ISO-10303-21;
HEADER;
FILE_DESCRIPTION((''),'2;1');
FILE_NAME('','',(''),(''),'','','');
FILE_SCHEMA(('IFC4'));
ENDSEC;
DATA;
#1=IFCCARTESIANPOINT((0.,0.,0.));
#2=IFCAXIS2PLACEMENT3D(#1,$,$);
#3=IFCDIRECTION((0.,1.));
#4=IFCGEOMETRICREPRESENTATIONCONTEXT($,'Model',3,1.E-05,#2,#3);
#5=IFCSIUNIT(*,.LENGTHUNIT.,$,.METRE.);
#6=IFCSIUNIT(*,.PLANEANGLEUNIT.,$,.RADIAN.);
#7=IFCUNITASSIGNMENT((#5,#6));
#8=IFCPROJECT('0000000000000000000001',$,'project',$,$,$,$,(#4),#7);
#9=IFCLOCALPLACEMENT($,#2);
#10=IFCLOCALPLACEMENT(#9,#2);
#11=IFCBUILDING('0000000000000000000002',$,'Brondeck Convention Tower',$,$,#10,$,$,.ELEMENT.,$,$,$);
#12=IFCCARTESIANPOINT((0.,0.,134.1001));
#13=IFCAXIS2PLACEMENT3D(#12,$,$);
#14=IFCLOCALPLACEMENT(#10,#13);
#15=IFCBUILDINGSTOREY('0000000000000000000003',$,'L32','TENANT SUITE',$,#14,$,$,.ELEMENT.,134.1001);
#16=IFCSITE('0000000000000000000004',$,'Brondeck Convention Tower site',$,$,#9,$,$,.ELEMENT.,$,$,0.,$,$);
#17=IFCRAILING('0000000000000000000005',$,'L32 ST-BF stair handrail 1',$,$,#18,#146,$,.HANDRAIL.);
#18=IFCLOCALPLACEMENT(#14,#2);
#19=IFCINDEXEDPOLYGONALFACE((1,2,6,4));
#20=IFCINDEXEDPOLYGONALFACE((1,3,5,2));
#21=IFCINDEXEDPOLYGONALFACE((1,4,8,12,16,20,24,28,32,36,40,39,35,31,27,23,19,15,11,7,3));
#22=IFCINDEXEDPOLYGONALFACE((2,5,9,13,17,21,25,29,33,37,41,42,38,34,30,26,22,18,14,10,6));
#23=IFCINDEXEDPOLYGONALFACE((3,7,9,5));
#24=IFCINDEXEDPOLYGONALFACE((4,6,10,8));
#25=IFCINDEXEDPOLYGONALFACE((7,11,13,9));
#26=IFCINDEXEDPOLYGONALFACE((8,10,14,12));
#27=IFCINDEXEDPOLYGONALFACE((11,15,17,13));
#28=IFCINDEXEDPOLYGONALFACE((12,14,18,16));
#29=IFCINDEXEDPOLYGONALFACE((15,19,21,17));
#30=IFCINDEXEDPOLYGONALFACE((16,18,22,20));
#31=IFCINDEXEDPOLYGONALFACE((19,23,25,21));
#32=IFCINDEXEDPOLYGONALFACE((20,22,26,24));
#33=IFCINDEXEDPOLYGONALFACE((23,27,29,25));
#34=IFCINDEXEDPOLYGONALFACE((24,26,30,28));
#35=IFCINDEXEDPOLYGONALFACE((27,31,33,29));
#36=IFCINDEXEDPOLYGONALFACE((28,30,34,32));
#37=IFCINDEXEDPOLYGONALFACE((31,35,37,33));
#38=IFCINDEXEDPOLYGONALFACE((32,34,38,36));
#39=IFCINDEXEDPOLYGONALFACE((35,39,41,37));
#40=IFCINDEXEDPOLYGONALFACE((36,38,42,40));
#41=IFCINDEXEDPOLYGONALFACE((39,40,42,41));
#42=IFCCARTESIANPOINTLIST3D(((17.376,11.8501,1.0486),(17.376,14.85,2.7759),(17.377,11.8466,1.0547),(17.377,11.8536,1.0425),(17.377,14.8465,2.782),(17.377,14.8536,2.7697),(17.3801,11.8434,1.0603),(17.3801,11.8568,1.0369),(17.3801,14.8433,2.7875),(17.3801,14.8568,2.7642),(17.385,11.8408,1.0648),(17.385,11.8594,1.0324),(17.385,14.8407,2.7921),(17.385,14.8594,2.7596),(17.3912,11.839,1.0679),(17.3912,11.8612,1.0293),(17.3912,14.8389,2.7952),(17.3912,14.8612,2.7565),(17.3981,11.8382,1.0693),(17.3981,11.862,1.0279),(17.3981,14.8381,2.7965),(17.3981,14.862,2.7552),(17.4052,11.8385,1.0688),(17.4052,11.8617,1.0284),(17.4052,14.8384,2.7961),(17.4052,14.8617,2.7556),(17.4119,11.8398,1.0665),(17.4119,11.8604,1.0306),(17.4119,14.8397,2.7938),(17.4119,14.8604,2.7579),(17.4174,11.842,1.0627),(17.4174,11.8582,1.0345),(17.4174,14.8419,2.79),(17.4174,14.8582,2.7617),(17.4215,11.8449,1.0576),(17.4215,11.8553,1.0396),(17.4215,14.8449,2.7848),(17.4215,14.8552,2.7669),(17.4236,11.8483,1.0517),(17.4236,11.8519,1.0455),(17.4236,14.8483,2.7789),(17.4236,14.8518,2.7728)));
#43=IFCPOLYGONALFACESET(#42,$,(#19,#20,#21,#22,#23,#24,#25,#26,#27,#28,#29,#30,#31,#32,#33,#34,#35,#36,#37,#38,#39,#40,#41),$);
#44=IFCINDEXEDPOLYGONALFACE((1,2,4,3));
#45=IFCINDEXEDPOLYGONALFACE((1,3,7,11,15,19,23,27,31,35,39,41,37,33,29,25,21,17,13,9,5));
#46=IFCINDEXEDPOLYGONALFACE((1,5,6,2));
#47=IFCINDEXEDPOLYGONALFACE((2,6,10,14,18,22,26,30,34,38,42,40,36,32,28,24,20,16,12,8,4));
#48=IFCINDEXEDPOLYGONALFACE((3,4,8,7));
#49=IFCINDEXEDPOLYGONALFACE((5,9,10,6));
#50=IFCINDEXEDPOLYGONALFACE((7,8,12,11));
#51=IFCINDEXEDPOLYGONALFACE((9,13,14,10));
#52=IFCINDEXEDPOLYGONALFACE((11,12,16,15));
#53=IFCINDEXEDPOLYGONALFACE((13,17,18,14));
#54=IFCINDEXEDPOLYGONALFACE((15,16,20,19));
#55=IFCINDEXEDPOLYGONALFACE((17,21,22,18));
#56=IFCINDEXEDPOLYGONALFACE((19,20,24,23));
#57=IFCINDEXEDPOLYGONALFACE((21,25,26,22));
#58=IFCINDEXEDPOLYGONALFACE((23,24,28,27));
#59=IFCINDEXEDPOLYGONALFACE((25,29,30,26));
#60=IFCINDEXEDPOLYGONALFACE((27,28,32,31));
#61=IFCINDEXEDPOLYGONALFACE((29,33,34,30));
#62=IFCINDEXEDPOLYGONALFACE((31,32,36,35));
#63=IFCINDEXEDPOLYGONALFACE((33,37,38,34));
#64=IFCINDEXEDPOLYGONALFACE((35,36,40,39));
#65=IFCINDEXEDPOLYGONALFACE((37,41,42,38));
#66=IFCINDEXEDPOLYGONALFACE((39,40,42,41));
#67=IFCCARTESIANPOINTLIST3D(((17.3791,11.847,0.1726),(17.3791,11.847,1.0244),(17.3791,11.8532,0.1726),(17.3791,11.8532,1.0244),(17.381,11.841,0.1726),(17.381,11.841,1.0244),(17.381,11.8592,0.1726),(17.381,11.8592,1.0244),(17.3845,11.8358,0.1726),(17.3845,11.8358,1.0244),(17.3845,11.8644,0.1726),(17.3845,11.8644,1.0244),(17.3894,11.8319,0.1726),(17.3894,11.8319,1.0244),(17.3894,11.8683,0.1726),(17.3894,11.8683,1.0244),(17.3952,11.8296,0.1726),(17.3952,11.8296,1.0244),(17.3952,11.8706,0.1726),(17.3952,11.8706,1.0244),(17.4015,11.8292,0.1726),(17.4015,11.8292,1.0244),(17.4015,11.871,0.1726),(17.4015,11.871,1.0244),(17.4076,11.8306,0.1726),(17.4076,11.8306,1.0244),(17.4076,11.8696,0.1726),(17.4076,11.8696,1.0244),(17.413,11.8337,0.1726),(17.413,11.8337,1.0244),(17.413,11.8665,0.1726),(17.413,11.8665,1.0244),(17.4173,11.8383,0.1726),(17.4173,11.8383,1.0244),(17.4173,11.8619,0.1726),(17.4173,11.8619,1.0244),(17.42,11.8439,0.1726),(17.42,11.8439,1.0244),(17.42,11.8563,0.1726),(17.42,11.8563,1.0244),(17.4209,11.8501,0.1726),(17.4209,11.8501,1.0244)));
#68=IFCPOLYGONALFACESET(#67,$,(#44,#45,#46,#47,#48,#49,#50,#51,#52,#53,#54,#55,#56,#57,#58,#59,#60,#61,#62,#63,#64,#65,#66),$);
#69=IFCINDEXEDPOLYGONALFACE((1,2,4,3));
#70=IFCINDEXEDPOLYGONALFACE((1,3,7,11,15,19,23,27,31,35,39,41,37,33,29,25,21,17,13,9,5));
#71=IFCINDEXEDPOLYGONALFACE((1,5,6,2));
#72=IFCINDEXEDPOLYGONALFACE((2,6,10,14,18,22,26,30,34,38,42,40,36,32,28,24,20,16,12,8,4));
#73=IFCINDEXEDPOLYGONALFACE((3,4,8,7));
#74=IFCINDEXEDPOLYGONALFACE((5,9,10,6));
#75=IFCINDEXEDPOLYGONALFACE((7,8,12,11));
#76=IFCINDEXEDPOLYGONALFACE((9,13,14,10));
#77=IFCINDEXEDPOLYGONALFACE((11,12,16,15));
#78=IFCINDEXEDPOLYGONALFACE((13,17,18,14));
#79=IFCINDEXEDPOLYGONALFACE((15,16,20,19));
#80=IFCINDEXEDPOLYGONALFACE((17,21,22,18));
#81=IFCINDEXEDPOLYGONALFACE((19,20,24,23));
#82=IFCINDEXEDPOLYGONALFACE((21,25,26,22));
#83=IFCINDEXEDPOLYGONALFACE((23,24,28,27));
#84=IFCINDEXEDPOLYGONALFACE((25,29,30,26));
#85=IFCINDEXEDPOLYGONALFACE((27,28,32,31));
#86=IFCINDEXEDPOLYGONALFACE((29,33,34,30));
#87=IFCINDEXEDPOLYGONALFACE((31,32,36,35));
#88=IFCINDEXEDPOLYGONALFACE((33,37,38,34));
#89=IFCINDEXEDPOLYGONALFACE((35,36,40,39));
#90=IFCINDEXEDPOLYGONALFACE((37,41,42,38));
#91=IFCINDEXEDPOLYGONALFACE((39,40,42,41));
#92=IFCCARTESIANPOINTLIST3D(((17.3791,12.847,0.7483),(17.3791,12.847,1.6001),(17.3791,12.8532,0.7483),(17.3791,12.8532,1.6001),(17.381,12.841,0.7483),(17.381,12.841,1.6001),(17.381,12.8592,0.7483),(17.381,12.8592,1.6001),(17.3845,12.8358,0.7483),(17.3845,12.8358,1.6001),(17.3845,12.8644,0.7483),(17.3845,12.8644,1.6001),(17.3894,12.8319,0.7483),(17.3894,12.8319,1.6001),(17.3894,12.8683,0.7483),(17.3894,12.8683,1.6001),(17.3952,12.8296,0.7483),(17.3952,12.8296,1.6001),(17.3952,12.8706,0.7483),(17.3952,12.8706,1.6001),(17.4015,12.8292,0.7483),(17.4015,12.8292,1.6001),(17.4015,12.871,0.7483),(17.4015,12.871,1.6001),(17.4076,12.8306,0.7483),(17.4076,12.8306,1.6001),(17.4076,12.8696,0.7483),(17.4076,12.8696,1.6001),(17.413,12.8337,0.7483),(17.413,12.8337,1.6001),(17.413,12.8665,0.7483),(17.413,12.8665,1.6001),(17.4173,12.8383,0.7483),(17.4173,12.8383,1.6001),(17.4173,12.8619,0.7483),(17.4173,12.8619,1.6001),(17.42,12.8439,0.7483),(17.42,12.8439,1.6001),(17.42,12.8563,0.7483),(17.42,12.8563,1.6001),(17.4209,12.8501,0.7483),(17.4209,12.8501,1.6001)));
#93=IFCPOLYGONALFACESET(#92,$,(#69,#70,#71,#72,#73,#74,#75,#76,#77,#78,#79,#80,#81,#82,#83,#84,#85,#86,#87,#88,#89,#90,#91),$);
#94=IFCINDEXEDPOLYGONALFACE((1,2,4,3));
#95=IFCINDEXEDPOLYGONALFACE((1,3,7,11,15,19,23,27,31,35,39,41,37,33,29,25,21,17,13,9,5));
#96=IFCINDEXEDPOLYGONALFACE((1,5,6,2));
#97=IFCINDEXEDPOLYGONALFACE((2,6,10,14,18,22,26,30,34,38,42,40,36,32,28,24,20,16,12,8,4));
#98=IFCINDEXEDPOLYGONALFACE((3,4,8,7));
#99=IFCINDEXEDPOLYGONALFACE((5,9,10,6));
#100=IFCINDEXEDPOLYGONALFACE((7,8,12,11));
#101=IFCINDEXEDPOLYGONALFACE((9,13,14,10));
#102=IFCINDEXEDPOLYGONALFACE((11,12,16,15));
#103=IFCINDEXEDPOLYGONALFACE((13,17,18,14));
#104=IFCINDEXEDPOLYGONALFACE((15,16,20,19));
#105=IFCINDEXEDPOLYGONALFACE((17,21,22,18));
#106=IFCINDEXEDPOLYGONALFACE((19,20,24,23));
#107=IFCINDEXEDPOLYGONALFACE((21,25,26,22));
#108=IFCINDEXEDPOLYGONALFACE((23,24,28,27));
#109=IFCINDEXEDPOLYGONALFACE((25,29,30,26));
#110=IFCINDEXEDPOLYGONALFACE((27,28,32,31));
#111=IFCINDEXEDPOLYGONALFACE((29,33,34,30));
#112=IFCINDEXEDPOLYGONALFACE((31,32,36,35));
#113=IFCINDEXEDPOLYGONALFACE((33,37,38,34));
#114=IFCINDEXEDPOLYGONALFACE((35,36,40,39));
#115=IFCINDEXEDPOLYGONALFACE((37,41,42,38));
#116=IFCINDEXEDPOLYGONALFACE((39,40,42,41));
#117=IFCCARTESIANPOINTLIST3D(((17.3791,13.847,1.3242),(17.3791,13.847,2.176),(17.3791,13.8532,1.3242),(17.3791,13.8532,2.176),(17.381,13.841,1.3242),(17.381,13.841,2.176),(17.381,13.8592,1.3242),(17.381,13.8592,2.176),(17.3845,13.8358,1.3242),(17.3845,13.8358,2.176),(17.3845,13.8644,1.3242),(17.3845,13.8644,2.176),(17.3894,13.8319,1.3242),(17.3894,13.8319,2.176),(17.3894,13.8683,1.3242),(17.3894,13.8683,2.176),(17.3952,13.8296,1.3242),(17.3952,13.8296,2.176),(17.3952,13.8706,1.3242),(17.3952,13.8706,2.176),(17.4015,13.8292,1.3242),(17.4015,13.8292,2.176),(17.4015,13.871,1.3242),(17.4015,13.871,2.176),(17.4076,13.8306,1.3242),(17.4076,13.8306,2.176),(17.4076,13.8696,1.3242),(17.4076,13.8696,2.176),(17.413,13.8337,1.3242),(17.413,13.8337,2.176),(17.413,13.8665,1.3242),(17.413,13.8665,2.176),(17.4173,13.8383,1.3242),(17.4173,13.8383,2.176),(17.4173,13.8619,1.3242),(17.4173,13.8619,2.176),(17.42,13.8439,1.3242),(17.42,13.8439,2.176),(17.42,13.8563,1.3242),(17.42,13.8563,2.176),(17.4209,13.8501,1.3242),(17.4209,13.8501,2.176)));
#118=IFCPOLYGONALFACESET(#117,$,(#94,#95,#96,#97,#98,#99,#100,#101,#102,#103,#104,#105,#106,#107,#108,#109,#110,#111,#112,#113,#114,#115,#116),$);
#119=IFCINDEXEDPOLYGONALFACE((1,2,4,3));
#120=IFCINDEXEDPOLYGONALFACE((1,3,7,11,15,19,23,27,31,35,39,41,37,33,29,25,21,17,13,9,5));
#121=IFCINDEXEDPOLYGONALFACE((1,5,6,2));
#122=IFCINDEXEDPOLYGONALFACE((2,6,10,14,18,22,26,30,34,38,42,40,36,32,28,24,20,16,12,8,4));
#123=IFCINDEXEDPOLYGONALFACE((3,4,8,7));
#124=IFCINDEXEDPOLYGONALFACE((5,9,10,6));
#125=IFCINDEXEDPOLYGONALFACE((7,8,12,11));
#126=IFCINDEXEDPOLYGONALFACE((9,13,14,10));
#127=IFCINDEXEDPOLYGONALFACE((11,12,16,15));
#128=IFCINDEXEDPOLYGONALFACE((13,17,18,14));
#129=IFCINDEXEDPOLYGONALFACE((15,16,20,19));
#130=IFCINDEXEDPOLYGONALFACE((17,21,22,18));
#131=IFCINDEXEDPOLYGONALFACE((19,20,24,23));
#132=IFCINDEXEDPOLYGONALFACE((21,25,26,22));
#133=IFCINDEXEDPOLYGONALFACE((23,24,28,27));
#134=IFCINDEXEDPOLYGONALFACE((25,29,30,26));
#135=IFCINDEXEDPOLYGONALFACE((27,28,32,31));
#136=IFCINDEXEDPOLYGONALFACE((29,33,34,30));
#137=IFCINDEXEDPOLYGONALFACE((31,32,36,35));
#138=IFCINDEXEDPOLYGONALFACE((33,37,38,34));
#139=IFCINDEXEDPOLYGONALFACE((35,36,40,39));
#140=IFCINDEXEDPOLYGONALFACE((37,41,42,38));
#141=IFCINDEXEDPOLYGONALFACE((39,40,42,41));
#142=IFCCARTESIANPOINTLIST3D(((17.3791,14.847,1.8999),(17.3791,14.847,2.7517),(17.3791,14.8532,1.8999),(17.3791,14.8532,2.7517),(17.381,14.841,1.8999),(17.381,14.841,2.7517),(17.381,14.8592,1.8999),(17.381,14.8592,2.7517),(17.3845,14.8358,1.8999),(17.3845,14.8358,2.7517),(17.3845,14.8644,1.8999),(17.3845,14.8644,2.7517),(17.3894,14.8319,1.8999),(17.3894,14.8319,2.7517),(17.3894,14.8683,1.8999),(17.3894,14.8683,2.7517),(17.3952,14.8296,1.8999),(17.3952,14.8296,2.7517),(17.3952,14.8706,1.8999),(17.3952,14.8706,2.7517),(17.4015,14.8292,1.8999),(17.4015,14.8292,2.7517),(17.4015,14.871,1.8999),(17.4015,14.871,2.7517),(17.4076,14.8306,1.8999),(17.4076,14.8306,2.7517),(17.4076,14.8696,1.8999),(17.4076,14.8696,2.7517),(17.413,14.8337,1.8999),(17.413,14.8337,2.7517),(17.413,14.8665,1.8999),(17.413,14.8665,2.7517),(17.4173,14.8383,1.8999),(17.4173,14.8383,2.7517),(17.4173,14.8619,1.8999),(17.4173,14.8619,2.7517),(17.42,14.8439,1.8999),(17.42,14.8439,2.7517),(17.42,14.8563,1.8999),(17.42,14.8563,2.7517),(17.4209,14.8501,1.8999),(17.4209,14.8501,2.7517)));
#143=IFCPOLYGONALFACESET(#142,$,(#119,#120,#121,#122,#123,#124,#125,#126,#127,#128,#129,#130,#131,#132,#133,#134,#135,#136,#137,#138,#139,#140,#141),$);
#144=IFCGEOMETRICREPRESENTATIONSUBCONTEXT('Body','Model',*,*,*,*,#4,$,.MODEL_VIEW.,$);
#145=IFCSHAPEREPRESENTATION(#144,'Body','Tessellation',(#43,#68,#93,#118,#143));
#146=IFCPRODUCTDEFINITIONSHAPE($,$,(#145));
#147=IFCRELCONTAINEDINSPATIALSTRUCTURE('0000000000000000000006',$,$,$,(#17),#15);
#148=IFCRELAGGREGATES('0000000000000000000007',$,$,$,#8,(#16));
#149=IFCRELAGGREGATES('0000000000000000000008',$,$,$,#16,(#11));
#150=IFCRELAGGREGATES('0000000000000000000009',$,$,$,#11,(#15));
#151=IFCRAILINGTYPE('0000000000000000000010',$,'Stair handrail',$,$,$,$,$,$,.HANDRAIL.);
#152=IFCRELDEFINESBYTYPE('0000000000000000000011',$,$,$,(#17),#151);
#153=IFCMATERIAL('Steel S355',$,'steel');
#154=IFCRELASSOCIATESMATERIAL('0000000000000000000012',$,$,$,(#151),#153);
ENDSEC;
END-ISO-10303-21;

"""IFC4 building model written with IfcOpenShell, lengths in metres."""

from ifc_helpers import new_model, si_unit, direction, frame, origin, origin_2d, place, context, subcontext, project, spatial, circle, extrude, material, type_object, element, save


model = new_model("IFC4")

# Units and contexts
model_context = context("Model", 3, precision=1e-05, world=origin(), true_north=direction((0.0, 1.0)))
body_context = subcontext(model_context, "Body", "Model", "MODEL_VIEW")
ifc_project = project(units=[si_unit("LENGTHUNIT", "METRE"), si_unit("PLANEANGLEUNIT", "RADIAN")], contexts=[model_context])

# Site, building, storey
site_placement = place(None, origin())
site = spatial("IfcSite", under=ifc_project, at=site_placement, Name="Brondeck Convention Tower site", CompositionType="ELEMENT", RefElevation=0.0)
building_placement = place(site_placement, origin())
building = spatial("IfcBuilding", under=site, at=building_placement, Name="Brondeck Convention Tower", CompositionType="ELEMENT")
storey_placement = place(building_placement, frame((0.0, 0.0, 134.1001)))
storey = spatial("IfcBuildingStorey", under=building, at=storey_placement, Name="L32", Description="TENANT SUITE", CompositionType="ELEMENT", Elevation=134.1001)

# Shared definitions
ifc_material_1 = material(Name="Steel S355", Category="steel")

# Railing
railing_type_1 = type_object("IfcRailingType", Name="Stair handrail", PredefinedType="HANDRAIL", material=ifc_material_1)
railing_1_placement = place(storey_placement, frame((17.3999, 11.8501, 0.1726)))
element("IfcRailing", 1, at=railing_1_placement, inside=storey, type_object=railing_type_1, Name="L32 ST-BF stair handrail 1", PredefinedType="HANDRAIL", context=body_context, shape_type="SweptSolid", body=[
    extrude(circle(Radius=0.0239, at=origin_2d()), frame((0.0, 0.0, 0.876), z_axis=(0.0, 0.86662, 0.498969), x_axis=(-1.0, 0.0, 0.0)), (0.0, 0.0, 1.0), 3.4617),
    extrude(circle(Radius=0.021, at=origin_2d()), origin(), (0.0, 0.0, 1.0), 0.8518),
    extrude(circle(Radius=0.021, at=origin_2d()), frame((0.0, 1.0, 0.5757)), (0.0, 0.0, 1.0), 0.8518),
    extrude(circle(Radius=0.021, at=origin_2d()), frame((0.0, 2.0, 1.1516)), (0.0, 0.0, 1.0), 0.8518),
    extrude(circle(Radius=0.021, at=origin_2d()), frame((0.0, 3.0, 1.7273)), (0.0, 0.0, 1.0), 0.8518),
])

save(model, "model.ifc")
